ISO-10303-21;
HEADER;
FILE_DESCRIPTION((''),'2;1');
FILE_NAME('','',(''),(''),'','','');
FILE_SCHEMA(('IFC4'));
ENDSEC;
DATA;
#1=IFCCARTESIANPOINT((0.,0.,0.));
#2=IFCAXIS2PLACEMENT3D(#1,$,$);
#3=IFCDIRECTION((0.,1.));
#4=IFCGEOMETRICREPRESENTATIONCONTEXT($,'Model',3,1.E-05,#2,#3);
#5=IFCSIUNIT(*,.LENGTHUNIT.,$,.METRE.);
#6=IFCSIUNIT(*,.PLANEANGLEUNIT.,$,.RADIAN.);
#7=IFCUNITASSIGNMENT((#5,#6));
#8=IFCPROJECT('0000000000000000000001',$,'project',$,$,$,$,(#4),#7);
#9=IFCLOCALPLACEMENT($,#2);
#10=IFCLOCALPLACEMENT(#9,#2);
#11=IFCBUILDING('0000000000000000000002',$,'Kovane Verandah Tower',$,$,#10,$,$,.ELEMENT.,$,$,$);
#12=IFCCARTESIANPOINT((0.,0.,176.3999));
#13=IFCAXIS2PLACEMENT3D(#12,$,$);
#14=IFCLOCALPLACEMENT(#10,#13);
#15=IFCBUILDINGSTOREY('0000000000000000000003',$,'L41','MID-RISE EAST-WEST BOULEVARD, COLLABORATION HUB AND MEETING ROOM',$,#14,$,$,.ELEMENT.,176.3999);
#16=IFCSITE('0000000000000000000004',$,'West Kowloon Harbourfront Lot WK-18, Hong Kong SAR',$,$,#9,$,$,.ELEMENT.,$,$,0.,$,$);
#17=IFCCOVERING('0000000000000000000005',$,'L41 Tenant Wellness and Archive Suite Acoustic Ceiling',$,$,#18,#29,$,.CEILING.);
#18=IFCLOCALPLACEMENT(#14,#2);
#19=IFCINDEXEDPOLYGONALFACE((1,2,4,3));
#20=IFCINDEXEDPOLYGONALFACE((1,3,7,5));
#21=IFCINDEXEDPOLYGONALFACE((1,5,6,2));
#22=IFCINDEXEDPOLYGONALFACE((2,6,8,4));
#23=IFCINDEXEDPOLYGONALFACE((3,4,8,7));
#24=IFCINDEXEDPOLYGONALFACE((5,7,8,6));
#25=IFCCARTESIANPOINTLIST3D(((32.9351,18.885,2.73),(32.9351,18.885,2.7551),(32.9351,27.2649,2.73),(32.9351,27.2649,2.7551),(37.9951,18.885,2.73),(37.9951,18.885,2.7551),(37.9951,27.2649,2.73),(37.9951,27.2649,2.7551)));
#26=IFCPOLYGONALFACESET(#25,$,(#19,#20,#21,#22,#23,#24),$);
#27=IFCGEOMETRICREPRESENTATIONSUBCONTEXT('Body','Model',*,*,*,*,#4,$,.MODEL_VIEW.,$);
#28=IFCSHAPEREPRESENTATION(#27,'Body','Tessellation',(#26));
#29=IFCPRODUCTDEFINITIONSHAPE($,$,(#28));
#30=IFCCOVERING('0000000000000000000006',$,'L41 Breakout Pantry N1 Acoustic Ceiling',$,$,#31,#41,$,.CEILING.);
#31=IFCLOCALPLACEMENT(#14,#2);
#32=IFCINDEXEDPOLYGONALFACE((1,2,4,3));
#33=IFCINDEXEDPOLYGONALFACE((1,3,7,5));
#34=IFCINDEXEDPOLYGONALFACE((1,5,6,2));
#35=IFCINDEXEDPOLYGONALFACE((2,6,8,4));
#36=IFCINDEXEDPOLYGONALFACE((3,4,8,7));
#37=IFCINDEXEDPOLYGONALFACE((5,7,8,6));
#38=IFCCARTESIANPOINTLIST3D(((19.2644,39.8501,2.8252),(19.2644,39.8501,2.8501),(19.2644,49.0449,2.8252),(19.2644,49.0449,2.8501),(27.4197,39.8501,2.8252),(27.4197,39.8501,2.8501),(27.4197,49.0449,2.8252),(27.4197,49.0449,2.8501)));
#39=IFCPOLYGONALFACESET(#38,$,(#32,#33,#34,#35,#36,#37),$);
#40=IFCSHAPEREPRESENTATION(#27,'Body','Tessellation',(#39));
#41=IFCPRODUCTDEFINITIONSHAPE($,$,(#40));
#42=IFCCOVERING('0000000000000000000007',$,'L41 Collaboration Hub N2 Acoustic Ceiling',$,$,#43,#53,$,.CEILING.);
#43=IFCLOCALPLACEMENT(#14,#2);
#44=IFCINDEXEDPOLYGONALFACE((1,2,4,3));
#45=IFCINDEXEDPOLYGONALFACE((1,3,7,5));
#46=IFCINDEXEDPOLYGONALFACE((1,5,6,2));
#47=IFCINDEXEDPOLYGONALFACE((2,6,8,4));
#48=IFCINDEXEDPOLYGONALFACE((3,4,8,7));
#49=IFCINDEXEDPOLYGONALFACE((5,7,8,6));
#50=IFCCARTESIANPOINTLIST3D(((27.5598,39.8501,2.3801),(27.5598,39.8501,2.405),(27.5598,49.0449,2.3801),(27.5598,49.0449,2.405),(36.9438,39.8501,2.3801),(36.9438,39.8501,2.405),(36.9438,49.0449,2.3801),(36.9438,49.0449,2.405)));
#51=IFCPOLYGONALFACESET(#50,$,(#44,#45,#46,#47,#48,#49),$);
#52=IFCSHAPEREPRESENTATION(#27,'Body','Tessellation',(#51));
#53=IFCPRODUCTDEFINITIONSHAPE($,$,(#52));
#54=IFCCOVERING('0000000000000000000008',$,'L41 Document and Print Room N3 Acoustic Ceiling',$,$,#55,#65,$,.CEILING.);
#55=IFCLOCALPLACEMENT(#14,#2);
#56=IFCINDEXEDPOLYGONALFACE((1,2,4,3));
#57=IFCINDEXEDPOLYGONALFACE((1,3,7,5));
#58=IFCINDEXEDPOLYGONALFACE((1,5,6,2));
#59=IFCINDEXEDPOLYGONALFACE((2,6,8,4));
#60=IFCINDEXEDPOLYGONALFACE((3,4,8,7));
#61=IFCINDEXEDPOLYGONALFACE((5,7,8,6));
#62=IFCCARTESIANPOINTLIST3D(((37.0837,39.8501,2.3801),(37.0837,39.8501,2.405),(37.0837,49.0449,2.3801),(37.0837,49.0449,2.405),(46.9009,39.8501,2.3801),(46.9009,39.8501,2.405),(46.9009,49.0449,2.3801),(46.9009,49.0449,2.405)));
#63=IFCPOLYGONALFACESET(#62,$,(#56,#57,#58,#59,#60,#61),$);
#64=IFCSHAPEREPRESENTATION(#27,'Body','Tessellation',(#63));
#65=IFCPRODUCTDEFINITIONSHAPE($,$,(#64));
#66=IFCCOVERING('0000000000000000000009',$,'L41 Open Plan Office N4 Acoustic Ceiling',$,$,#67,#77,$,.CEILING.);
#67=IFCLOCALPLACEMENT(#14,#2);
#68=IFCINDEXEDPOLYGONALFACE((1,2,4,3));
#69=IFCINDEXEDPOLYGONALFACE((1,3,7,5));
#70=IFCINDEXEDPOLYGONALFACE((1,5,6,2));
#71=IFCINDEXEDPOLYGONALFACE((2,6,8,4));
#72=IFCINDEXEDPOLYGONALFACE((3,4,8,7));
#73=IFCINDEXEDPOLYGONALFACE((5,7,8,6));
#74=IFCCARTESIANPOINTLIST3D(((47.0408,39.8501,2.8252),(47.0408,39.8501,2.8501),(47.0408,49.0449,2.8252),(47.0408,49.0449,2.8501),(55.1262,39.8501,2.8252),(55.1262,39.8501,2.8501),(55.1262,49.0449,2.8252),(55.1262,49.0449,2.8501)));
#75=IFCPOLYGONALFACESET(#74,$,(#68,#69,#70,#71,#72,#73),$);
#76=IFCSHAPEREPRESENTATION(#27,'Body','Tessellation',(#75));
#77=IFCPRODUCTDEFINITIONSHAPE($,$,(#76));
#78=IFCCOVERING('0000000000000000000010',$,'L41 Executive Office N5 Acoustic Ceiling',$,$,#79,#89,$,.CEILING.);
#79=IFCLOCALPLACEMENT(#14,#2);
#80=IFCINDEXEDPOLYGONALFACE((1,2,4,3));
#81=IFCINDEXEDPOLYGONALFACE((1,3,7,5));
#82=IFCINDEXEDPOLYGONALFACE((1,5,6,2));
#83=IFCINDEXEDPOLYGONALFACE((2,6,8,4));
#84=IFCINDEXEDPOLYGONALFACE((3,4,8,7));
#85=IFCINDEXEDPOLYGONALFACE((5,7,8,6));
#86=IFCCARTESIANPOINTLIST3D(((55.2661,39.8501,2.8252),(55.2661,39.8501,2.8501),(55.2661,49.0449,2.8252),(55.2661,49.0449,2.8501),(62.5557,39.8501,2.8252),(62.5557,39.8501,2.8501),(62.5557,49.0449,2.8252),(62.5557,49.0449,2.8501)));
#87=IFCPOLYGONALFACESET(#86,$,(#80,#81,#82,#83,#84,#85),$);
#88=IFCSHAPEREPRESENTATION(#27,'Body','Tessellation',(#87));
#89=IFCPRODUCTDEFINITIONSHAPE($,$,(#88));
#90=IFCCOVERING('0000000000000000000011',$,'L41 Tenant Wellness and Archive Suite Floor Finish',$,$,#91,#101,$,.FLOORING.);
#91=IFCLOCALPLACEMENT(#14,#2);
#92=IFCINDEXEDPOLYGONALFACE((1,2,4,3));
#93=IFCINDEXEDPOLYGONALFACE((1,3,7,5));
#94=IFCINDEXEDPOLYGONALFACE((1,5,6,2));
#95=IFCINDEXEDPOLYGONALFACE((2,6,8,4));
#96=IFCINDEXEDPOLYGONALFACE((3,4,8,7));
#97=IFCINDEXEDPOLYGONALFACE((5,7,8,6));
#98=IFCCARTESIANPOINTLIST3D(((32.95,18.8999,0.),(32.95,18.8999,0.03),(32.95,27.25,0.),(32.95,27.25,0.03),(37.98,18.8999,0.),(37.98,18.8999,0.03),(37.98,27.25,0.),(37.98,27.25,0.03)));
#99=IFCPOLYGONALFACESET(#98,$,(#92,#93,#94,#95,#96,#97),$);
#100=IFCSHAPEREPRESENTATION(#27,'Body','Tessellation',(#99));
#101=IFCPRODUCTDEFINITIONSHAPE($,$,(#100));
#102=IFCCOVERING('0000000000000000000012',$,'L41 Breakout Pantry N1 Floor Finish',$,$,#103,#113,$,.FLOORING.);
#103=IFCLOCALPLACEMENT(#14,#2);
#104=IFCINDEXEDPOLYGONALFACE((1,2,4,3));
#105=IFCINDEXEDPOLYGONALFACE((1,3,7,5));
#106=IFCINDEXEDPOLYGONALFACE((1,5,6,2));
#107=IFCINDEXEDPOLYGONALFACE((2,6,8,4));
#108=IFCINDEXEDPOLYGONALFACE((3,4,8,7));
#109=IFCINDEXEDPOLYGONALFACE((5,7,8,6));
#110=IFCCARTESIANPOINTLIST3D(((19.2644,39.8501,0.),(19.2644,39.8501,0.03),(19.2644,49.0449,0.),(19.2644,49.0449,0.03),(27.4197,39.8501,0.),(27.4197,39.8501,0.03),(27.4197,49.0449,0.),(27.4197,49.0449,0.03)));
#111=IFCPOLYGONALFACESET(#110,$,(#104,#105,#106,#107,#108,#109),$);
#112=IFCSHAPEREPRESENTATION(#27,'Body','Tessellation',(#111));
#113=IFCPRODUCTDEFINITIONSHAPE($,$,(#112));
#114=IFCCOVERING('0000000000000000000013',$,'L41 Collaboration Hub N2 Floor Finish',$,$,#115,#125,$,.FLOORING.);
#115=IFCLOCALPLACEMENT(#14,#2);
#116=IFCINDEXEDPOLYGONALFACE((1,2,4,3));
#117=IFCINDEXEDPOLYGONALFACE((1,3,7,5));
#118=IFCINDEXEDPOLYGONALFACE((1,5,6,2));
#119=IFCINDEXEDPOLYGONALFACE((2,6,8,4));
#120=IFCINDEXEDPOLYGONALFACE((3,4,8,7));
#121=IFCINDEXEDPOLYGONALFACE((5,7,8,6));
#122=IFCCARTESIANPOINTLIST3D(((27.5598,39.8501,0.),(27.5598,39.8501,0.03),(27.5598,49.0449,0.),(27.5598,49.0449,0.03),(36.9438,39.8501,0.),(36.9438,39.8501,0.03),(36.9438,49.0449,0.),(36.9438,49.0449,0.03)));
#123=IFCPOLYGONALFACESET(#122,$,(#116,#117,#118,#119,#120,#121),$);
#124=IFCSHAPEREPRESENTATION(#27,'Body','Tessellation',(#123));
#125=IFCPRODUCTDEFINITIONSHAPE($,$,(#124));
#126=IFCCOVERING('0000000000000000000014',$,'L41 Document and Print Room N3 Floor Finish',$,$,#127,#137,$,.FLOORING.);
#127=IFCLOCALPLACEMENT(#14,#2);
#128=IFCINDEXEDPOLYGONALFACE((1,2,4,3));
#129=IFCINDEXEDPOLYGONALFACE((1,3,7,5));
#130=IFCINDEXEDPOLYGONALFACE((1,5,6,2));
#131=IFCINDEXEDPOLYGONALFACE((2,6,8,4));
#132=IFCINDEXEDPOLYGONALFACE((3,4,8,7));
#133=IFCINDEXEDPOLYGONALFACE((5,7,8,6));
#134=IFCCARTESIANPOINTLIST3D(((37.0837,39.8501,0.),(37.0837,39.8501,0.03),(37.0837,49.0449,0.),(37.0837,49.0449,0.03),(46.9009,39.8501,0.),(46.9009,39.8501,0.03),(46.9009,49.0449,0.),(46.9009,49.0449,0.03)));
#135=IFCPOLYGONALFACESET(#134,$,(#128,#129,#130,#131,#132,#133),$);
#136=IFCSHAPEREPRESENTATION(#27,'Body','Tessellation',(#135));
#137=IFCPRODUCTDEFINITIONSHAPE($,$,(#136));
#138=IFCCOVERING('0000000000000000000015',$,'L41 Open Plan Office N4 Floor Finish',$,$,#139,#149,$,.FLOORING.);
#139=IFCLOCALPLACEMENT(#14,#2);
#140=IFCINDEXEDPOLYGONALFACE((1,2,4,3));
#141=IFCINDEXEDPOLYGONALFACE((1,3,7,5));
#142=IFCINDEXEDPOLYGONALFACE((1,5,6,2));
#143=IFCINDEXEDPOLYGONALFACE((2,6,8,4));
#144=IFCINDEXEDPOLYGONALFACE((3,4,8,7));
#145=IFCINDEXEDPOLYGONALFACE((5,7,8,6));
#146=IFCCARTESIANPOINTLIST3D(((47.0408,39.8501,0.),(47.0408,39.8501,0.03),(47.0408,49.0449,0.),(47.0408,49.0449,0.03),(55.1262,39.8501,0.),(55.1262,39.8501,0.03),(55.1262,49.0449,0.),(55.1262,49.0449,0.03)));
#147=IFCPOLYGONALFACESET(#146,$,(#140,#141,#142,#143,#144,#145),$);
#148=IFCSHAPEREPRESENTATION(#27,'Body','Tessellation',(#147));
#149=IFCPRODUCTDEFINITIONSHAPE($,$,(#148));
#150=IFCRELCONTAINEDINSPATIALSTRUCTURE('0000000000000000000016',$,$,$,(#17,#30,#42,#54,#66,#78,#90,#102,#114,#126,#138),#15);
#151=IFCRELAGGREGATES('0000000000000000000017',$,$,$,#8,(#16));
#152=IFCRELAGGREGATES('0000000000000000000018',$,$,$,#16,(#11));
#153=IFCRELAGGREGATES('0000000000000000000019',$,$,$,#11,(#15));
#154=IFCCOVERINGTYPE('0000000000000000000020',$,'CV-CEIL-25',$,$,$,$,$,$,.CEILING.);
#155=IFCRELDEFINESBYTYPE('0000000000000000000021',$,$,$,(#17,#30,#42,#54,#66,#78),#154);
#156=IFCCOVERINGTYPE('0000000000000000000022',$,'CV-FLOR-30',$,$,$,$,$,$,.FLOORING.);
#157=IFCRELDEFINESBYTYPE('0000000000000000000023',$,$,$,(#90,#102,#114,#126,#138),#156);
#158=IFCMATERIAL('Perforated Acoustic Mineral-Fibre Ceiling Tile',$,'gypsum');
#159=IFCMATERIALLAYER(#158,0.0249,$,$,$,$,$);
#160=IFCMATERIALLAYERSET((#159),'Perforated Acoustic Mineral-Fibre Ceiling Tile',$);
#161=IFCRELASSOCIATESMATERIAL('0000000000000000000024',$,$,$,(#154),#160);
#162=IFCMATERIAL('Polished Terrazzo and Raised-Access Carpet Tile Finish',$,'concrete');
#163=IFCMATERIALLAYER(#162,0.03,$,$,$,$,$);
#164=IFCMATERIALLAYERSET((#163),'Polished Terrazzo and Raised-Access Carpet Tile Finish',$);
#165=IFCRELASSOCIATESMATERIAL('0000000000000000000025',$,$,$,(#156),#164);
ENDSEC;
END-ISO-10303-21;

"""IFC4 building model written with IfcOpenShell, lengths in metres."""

from ifc_helpers import new_model, si_unit, direction, frame, origin, place, context, subcontext, project, spatial, polyline, outline, extrude, material, layer, layer_set, type_object, element, save


model = new_model("IFC4")

# Units and contexts
model_context = context("Model", 3, precision=1e-05, world=origin(), true_north=direction((0.0, 1.0)))
body_context = subcontext(model_context, "Body", "Model", "MODEL_VIEW")
ifc_project = project(units=[si_unit("LENGTHUNIT", "METRE"), si_unit("PLANEANGLEUNIT", "RADIAN")], contexts=[model_context])

# Site, building, storey
site_placement = place(None, origin())
site = spatial("IfcSite", under=ifc_project, at=site_placement, Name="West Kowloon Harbourfront Lot WK-18, Hong Kong SAR", CompositionType="ELEMENT", RefElevation=0.0)
building_placement = place(site_placement, origin())
building = spatial("IfcBuilding", under=site, at=building_placement, Name="Kovane Verandah Tower", CompositionType="ELEMENT")
storey_placement = place(building_placement, frame((0.0, 0.0, 176.3999)))
storey = spatial("IfcBuildingStorey", under=building, at=storey_placement, Name="L41", Description="MID-RISE EAST-WEST BOULEVARD, COLLABORATION HUB AND MEETING ROOM", CompositionType="ELEMENT", Elevation=176.3999)

# Coverings
ifc_material_1 = material(Name="Perforated Acoustic Mineral-Fibre Ceiling Tile", Category="gypsum")
ifc_layer_1 = layer(ifc_material_1, 0.0249)
ifc_layer_set_1 = layer_set([ifc_layer_1], Name="Perforated Acoustic Mineral-Fibre Ceiling Tile")
covering_type_1 = type_object("IfcCoveringType", Name="CV-CEIL-25", PredefinedType="CEILING", material=ifc_layer_set_1)
covering_1_placement = place(storey_placement, frame((0.0, 0.0, 2.73)))
element("IfcCovering", 1, at=covering_1_placement, inside=storey, type_object=covering_type_1, Name="L41 Tenant Wellness and Archive Suite Acoustic Ceiling", PredefinedType="CEILING", context=body_context, shape_type="SweptSolid", body=[
    extrude(outline(polyline([(32.9351, 18.885), (37.9951, 18.885), (37.9951, 27.2649), (32.9351, 27.2649), (32.9351, 18.885)])), origin(), (0.0, 0.0, 1.0), 0.0251),
])
covering_2_placement = place(storey_placement, frame((0.0, 0.0, 2.8252)))
element("IfcCovering", 2, at=covering_2_placement, inside=storey, type_object=covering_type_1, Name="L41 Breakout Pantry N1 Acoustic Ceiling", PredefinedType="CEILING", context=body_context, shape_type="SweptSolid", body=[
    extrude(outline(polyline([(19.2644, 39.8501), (27.4197, 39.8501), (27.4197, 49.0449), (19.2644, 49.0449), (19.2644, 39.8501)])), origin(), (0.0, 0.0, 1.0), 0.0249),
])
covering_3_placement = place(storey_placement, frame((0.0, 0.0, 2.3801)))
element("IfcCovering", 3, at=covering_3_placement, inside=storey, type_object=covering_type_1, Name="L41 Collaboration Hub N2 Acoustic Ceiling", PredefinedType="CEILING", context=body_context, shape_type="SweptSolid", body=[
    extrude(outline(polyline([(27.5598, 39.8501), (36.9438, 39.8501), (36.9438, 49.0449), (27.5598, 49.0449), (27.5598, 39.8501)])), origin(), (0.0, 0.0, 1.0), 0.0249),
])
covering_4_placement = place(storey_placement, frame((0.0, 0.0, 2.3801)))
element("IfcCovering", 4, at=covering_4_placement, inside=storey, type_object=covering_type_1, Name="L41 Document and Print Room N3 Acoustic Ceiling", PredefinedType="CEILING", context=body_context, shape_type="SweptSolid", body=[
    extrude(outline(polyline([(37.0837, 39.8501), (46.9009, 39.8501), (46.9009, 49.0449), (37.0837, 49.0449), (37.0837, 39.8501)])), origin(), (0.0, 0.0, 1.0), 0.0249),
])
covering_5_placement = place(storey_placement, frame((0.0, 0.0, 2.8252)))
element("IfcCovering", 5, at=covering_5_placement, inside=storey, type_object=covering_type_1, Name="L41 Open Plan Office N4 Acoustic Ceiling", PredefinedType="CEILING", context=body_context, shape_type="SweptSolid", body=[
    extrude(outline(polyline([(47.0408, 39.8501), (55.1262, 39.8501), (55.1262, 49.0449), (47.0408, 49.0449), (47.0408, 39.8501)])), origin(), (0.0, 0.0, 1.0), 0.0249),
])
covering_6_placement = place(storey_placement, frame((0.0, 0.0, 2.8252)))
element("IfcCovering", 6, at=covering_6_placement, inside=storey, type_object=covering_type_1, Name="L41 Executive Office N5 Acoustic Ceiling", PredefinedType="CEILING", context=body_context, shape_type="SweptSolid", body=[
    extrude(outline(polyline([(55.2661, 39.8501), (62.5557, 39.8501), (62.5557, 49.0449), (55.2661, 49.0449), (55.2661, 39.8501)])), origin(), (0.0, 0.0, 1.0), 0.0249),
])
ifc_material_2 = material(Name="Polished Terrazzo and Raised-Access Carpet Tile Finish", Category="concrete")
ifc_layer_2 = layer(ifc_material_2, 0.03)
ifc_layer_set_2 = layer_set([ifc_layer_2], Name="Polished Terrazzo and Raised-Access Carpet Tile Finish")
covering_type_2 = type_object("IfcCoveringType", Name="CV-FLOR-30", PredefinedType="FLOORING", material=ifc_layer_set_2)
covering_7_placement = place(storey_placement, origin())
element("IfcCovering", 7, at=covering_7_placement, inside=storey, type_object=covering_type_2, Name="L41 Tenant Wellness and Archive Suite Floor Finish", PredefinedType="FLOORING", context=body_context, shape_type="SweptSolid", body=[
    extrude(outline(polyline([(32.95, 18.8999), (37.98, 18.8999), (37.98, 27.25), (32.95, 27.25), (32.95, 18.8999)])), origin(), (0.0, 0.0, 1.0), 0.03),
])
covering_8_placement = place(storey_placement, origin())
element("IfcCovering", 8, at=covering_8_placement, inside=storey, type_object=covering_type_2, Name="L41 Breakout Pantry N1 Floor Finish", PredefinedType="FLOORING", context=body_context, shape_type="SweptSolid", body=[
    extrude(outline(polyline([(19.2644, 39.8501), (27.4197, 39.8501), (27.4197, 49.0449), (19.2644, 49.0449), (19.2644, 39.8501)])), origin(), (0.0, 0.0, 1.0), 0.03),
])
covering_9_placement = place(storey_placement, origin())
element("IfcCovering", 9, at=covering_9_placement, inside=storey, type_object=covering_type_2, Name="L41 Collaboration Hub N2 Floor Finish", PredefinedType="FLOORING", context=body_context, shape_type="SweptSolid", body=[
    extrude(outline(polyline([(27.5598, 39.8501), (36.9438, 39.8501), (36.9438, 49.0449), (27.5598, 49.0449), (27.5598, 39.8501)])), origin(), (0.0, 0.0, 1.0), 0.03),
])
covering_10_placement = place(storey_placement, origin())
element("IfcCovering", 10, at=covering_10_placement, inside=storey, type_object=covering_type_2, Name="L41 Document and Print Room N3 Floor Finish", PredefinedType="FLOORING", context=body_context, shape_type="SweptSolid", body=[
    extrude(outline(polyline([(37.0837, 39.8501), (46.9009, 39.8501), (46.9009, 49.0449), (37.0837, 49.0449), (37.0837, 39.8501)])), origin(), (0.0, 0.0, 1.0), 0.03),
])
covering_11_placement = place(storey_placement, origin())
element("IfcCovering", 11, at=covering_11_placement, inside=storey, type_object=covering_type_2, Name="L41 Open Plan Office N4 Floor Finish", PredefinedType="FLOORING", context=body_context, shape_type="SweptSolid", body=[
    extrude(outline(polyline([(47.0408, 39.8501), (55.1262, 39.8501), (55.1262, 49.0449), (47.0408, 49.0449), (47.0408, 39.8501)])), origin(), (0.0, 0.0, 1.0), 0.03),
])

save(model, "model.ifc")
